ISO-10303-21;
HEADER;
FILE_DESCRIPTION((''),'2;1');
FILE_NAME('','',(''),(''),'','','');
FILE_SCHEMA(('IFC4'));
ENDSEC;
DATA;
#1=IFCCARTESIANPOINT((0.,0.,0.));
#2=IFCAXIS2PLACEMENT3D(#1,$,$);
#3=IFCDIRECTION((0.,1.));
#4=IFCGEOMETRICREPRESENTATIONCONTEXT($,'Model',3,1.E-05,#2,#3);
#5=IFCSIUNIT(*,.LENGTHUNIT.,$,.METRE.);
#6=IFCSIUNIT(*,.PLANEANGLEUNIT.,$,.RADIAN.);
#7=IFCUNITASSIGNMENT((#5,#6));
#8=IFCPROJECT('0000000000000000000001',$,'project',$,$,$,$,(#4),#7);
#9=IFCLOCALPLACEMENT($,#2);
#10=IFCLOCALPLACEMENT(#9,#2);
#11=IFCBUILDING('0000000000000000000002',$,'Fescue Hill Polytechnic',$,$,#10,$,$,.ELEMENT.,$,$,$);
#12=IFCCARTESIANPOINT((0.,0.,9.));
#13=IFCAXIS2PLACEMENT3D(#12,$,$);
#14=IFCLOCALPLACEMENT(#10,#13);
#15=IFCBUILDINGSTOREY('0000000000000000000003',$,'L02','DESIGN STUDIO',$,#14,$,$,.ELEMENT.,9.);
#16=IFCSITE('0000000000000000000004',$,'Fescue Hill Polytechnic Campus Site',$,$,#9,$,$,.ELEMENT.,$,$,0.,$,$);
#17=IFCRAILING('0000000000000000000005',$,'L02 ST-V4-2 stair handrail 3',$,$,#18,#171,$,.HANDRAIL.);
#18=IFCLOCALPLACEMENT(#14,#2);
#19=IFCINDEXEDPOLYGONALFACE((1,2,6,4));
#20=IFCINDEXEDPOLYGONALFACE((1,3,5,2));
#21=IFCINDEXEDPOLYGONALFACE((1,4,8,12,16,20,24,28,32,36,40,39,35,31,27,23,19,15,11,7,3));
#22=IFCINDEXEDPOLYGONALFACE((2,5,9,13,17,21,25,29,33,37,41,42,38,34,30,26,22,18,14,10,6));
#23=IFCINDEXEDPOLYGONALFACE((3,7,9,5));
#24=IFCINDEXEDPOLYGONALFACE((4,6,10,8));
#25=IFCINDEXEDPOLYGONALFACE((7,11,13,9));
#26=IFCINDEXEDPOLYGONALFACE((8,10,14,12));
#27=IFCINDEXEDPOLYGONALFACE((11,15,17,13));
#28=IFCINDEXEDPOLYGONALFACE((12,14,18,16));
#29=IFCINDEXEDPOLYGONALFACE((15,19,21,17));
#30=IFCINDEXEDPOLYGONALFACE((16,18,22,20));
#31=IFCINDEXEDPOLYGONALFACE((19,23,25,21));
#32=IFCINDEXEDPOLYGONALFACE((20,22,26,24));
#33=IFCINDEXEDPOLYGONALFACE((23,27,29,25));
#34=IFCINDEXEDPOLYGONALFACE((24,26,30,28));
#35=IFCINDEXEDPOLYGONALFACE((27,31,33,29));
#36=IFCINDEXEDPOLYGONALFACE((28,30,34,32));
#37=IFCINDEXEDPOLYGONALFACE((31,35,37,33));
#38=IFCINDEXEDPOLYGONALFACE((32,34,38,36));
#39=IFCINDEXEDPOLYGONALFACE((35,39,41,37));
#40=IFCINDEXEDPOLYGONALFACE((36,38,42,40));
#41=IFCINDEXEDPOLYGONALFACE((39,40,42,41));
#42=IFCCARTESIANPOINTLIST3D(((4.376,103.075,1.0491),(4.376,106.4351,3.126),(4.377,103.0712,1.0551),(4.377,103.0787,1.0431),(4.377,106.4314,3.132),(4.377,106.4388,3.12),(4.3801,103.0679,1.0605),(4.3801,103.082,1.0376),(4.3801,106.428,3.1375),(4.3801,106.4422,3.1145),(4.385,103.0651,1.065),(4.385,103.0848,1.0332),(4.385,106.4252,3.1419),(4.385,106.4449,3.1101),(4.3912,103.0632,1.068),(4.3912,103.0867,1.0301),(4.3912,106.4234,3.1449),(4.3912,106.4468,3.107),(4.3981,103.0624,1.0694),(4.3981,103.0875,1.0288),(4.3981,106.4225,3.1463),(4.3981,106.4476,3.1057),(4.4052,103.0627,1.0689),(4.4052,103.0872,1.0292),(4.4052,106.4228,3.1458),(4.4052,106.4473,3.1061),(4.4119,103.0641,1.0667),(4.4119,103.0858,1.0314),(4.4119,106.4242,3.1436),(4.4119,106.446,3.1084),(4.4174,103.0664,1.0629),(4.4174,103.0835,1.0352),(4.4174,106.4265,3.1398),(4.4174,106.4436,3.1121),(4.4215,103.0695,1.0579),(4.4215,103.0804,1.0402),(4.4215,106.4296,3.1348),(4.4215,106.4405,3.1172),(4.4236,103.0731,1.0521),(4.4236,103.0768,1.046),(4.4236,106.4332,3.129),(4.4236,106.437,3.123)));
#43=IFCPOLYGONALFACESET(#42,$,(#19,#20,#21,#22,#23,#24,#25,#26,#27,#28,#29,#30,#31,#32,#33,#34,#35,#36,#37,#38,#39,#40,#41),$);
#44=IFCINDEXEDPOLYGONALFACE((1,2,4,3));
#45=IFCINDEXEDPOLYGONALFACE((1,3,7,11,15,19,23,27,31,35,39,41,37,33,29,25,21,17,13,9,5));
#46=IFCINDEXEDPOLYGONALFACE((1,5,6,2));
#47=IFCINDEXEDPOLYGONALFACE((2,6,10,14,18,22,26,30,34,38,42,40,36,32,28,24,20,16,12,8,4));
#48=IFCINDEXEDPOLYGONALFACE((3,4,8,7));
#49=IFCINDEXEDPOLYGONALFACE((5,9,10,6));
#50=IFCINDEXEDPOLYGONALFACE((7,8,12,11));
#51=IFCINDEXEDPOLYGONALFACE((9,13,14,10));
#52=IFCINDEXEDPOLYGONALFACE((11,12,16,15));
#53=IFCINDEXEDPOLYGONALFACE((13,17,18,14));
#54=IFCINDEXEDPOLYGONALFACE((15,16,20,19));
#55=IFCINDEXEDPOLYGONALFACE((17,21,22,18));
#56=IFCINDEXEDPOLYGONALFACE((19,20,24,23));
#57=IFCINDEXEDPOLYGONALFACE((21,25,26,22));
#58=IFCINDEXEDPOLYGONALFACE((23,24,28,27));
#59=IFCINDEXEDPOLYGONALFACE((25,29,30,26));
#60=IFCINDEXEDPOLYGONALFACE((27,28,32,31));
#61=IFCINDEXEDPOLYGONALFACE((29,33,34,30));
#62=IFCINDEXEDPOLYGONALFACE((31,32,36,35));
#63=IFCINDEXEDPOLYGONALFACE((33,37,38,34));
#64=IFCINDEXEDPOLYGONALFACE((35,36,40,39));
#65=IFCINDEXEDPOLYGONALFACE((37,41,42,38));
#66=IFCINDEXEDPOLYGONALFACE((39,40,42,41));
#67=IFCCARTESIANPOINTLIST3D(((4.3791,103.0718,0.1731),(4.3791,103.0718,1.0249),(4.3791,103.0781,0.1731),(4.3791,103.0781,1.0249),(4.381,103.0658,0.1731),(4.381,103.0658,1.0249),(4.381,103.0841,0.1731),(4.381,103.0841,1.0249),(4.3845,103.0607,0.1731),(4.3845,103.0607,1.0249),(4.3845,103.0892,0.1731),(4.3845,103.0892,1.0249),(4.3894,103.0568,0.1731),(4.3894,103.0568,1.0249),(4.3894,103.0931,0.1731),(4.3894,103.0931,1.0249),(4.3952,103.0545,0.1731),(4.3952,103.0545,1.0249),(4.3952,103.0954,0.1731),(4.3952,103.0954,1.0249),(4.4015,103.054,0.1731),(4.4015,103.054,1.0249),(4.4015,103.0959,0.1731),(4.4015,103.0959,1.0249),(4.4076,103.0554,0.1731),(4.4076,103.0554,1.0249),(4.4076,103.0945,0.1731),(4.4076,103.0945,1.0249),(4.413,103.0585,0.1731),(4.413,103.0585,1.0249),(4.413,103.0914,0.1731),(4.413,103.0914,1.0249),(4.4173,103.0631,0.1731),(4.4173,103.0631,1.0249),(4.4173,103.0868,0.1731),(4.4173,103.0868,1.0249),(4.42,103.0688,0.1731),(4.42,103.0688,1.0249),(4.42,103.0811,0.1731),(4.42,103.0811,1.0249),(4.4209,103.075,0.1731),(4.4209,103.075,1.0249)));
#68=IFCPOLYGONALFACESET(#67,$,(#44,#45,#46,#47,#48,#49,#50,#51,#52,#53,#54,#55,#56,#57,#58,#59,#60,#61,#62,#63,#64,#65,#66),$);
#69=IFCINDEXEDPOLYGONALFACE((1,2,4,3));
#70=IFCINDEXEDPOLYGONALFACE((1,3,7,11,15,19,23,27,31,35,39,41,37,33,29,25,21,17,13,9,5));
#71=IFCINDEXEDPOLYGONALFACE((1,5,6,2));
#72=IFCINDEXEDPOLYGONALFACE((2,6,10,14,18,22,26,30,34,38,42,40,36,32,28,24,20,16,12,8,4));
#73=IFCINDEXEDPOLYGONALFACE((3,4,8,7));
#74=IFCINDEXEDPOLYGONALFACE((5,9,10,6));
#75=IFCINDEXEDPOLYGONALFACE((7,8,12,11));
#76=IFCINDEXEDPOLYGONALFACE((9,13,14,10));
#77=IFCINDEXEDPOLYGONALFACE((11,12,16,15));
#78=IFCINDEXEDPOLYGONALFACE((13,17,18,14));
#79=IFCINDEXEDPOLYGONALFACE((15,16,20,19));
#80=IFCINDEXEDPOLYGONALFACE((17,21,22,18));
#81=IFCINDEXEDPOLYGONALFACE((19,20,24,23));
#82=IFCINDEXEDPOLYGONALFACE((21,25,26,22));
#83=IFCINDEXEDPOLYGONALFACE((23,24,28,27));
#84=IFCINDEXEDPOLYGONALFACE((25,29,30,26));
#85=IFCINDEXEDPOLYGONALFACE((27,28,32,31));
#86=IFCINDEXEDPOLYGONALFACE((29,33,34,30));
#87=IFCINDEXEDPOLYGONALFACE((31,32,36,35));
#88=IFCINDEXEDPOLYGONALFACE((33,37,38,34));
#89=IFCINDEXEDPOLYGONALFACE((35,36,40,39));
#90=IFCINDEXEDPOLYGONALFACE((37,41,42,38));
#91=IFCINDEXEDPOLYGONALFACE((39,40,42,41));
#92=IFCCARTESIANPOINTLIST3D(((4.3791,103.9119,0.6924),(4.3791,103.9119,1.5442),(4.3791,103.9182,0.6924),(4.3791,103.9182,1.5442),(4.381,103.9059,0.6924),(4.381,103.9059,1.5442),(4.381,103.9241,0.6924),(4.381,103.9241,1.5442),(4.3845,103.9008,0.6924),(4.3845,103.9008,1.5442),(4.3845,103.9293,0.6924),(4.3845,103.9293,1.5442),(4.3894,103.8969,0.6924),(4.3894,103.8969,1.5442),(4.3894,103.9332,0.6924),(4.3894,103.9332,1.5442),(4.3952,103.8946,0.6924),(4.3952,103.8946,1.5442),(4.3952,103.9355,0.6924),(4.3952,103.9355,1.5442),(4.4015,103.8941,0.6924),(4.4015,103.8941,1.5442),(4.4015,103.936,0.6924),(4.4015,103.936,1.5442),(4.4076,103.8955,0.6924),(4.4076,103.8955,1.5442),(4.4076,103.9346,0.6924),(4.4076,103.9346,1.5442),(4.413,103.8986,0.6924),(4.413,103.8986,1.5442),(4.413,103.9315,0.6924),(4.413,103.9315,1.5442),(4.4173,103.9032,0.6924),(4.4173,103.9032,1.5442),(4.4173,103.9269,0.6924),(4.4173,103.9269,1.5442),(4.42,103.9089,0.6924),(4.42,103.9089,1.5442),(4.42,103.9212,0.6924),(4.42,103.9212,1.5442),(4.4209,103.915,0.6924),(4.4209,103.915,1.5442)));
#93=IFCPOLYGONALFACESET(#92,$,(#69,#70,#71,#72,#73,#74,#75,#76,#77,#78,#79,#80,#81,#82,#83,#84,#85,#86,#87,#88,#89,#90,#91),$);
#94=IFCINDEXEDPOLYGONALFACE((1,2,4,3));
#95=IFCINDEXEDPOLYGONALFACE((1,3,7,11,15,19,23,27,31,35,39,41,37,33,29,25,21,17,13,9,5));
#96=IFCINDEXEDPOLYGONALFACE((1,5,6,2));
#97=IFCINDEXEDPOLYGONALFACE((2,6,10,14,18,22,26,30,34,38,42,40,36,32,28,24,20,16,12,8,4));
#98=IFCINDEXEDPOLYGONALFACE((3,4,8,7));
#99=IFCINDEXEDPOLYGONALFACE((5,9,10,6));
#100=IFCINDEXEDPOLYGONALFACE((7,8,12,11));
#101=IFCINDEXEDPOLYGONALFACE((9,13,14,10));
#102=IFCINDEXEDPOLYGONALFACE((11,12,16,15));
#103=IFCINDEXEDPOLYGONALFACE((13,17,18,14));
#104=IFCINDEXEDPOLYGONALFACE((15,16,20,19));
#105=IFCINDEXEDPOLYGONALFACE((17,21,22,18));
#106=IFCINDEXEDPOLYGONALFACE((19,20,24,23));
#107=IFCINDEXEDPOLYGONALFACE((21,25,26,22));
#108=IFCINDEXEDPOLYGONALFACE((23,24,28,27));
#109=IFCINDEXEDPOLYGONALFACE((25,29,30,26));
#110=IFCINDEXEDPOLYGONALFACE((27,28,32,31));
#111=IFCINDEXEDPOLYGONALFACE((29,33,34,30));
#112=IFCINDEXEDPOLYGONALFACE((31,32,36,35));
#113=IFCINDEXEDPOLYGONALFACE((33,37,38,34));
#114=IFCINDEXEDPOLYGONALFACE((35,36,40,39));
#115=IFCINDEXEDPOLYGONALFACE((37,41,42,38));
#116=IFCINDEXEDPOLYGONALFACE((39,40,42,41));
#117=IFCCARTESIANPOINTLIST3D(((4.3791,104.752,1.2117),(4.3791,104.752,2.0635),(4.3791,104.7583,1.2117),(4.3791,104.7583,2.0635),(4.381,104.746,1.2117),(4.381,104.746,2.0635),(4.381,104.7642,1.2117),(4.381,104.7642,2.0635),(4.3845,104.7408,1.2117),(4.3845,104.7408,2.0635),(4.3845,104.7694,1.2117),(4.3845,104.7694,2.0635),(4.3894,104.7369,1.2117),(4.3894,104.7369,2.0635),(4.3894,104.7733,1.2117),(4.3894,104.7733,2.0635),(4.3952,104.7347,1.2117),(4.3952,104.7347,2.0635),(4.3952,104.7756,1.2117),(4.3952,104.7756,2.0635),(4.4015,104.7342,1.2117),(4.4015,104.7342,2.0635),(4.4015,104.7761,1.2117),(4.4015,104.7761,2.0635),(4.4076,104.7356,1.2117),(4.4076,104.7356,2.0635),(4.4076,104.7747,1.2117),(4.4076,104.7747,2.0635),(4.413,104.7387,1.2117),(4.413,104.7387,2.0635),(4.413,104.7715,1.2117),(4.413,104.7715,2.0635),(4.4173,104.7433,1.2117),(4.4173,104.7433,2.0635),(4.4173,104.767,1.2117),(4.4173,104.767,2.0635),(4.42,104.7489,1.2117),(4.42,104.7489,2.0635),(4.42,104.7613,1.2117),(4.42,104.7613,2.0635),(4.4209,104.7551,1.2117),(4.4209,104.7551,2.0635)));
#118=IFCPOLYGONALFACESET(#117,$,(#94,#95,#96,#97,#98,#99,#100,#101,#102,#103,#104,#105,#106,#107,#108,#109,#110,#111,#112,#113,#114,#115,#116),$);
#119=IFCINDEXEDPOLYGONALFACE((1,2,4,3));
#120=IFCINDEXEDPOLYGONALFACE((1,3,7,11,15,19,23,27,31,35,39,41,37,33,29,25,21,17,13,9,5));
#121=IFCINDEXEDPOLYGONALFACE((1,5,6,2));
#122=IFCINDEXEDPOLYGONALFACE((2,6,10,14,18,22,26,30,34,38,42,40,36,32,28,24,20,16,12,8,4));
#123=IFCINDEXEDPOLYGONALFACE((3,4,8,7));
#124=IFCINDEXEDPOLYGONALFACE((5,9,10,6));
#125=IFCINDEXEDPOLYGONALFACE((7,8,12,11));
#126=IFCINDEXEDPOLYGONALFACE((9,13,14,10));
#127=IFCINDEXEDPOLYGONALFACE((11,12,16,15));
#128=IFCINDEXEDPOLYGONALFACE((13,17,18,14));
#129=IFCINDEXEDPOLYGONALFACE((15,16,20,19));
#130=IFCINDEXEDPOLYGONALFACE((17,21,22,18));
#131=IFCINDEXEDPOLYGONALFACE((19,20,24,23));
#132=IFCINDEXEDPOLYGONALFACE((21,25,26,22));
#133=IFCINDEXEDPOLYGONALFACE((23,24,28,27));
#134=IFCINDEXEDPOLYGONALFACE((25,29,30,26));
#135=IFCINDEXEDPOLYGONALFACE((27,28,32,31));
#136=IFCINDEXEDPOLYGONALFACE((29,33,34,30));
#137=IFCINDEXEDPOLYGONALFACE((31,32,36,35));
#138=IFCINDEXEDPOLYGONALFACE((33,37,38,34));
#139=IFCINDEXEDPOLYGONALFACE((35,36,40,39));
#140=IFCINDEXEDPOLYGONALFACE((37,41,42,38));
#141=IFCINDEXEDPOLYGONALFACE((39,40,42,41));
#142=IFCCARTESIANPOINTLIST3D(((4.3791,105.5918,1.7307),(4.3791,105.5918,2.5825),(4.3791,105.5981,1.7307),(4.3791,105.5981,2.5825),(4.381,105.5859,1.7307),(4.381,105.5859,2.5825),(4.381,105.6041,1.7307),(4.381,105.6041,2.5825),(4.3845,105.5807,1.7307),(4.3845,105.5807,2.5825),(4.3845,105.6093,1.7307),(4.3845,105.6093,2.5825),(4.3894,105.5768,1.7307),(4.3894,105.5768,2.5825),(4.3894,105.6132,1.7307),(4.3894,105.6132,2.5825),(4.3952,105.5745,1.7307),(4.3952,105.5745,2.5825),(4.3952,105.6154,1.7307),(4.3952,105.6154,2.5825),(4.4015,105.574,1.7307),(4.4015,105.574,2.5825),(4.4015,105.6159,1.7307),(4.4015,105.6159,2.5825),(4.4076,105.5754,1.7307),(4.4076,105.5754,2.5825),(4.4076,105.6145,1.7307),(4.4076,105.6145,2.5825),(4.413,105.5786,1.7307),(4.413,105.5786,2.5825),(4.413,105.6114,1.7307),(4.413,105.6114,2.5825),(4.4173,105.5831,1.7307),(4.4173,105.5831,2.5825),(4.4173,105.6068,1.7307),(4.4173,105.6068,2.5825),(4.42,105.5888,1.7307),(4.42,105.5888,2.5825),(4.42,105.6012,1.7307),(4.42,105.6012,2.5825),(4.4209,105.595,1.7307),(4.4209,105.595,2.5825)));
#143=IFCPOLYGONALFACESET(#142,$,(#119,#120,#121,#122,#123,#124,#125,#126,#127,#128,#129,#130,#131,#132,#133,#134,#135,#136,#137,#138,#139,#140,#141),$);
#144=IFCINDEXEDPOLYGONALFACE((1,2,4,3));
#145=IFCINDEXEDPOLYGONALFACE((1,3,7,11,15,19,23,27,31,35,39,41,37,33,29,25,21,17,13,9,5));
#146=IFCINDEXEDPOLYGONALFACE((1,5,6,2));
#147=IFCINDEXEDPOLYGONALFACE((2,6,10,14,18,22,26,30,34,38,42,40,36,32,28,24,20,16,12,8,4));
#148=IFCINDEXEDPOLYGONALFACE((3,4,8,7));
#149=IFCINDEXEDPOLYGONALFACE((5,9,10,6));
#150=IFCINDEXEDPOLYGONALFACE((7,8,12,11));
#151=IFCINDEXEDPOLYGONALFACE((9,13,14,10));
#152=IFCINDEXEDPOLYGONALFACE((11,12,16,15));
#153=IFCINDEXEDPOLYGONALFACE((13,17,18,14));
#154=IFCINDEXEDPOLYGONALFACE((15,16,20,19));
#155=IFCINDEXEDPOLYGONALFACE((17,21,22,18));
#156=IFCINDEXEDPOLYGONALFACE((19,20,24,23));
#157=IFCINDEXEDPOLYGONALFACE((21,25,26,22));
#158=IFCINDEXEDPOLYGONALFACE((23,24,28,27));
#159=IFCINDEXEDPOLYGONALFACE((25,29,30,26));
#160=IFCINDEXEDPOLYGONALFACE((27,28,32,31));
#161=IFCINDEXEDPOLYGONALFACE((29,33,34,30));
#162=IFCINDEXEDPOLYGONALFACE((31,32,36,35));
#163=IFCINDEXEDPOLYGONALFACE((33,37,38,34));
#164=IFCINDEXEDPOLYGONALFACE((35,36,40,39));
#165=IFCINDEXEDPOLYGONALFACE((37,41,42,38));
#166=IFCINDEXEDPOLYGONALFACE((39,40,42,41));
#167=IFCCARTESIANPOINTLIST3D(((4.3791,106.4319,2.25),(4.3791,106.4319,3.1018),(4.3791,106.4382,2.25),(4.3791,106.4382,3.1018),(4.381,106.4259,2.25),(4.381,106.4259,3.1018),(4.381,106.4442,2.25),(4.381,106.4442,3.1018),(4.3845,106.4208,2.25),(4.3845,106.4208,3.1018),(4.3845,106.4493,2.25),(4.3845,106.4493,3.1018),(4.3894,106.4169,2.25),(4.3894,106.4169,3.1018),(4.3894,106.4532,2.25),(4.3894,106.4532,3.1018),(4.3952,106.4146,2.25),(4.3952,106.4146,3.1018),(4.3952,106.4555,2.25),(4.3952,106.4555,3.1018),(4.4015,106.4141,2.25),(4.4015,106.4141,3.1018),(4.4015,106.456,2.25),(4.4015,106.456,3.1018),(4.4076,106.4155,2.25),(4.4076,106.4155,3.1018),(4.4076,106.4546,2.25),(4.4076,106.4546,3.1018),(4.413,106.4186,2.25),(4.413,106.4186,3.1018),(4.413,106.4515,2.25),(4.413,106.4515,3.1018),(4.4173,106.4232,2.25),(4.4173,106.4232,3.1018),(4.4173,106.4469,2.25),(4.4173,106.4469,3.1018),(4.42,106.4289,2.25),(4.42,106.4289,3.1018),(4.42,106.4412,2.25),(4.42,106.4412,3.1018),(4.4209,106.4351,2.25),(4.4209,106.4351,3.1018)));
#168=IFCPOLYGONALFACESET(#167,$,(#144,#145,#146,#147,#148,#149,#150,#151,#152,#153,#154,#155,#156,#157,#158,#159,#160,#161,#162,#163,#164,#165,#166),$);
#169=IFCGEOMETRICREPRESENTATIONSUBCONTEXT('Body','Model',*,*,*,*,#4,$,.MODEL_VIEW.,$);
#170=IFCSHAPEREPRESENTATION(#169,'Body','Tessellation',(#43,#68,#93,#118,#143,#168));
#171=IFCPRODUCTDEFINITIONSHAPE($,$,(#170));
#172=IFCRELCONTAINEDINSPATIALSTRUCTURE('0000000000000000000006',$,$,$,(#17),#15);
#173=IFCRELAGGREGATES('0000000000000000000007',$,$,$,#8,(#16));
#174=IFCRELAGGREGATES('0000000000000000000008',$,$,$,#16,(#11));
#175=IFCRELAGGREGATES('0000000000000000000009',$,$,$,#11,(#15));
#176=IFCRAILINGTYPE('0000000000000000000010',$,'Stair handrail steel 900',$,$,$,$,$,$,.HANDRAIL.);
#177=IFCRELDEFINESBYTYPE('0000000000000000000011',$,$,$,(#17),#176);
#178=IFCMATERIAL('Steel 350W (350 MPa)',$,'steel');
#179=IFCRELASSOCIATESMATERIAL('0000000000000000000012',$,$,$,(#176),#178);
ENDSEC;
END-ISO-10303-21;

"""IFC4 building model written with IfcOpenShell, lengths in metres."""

from ifc_helpers import new_model, si_unit, direction, frame, origin, origin_2d, place, context, subcontext, project, spatial, circle, extrude, material, type_object, element, save


model = new_model("IFC4")

# Units and contexts
model_context = context("Model", 3, precision=1e-05, world=origin(), true_north=direction((0.0, 1.0)))
body_context = subcontext(model_context, "Body", "Model", "MODEL_VIEW")
ifc_project = project(units=[si_unit("LENGTHUNIT", "METRE"), si_unit("PLANEANGLEUNIT", "RADIAN")], contexts=[model_context])

# Site, building, storey
site_placement = place(None, origin())
site = spatial("IfcSite", under=ifc_project, at=site_placement, Name="Fescue Hill Polytechnic Campus Site", CompositionType="ELEMENT", RefElevation=0.0)
building_placement = place(site_placement, origin())
building = spatial("IfcBuilding", under=site, at=building_placement, Name="Fescue Hill Polytechnic", CompositionType="ELEMENT")
storey_placement = place(building_placement, frame((0.0, 0.0, 9.0)))
storey = spatial("IfcBuildingStorey", under=building, at=storey_placement, Name="L02", Description="DESIGN STUDIO", CompositionType="ELEMENT", Elevation=9.0)

# Railing
ifc_material_1 = material(Name="Steel 350W (350 MPa)", Category="steel")
railing_type_1 = type_object("IfcRailingType", Name="Stair handrail steel 900", PredefinedType="HANDRAIL", material=ifc_material_1)
for number, where, name in (
    (1, (4.3999, 103.075, 0.1731), "L02 ST-V4-2 stair handrail 3"),
):
    element("IfcRailing", number, at=place(storey_placement, frame(where)), inside=storey, type_object=railing_type_1, Name=name, PredefinedType="HANDRAIL", context=body_context, shape_type="SweptSolid", body=[
        extrude(circle(Radius=0.0239, at=origin_2d()), frame((0.0, 0.0, 0.876), z_axis=(0.0, 0.850623, 0.525776), x_axis=(-1.0, 0.0, 0.0)), (0.0, 0.0, 1.0), 3.9502),
        extrude(circle(Radius=0.021, at=origin_2d()), origin(), (0.0, 0.0, 1.0), 0.8518),
        extrude(circle(Radius=0.021, at=origin_2d()), frame((0.0, 0.8401, 0.5193)), (0.0, 0.0, 1.0), 0.8518),
        extrude(circle(Radius=0.021, at=origin_2d()), frame((0.0, 1.6802, 1.0386)), (0.0, 0.0, 1.0), 0.8518),
        extrude(circle(Radius=0.021, at=origin_2d()), frame((0.0, 2.52, 1.5576)), (0.0, 0.0, 1.0), 0.8518),
        extrude(circle(Radius=0.021, at=origin_2d()), frame((0.0, 3.3601, 2.0769)), (0.0, 0.0, 1.0), 0.8518),
    ])

save(model, "model.ifc")
